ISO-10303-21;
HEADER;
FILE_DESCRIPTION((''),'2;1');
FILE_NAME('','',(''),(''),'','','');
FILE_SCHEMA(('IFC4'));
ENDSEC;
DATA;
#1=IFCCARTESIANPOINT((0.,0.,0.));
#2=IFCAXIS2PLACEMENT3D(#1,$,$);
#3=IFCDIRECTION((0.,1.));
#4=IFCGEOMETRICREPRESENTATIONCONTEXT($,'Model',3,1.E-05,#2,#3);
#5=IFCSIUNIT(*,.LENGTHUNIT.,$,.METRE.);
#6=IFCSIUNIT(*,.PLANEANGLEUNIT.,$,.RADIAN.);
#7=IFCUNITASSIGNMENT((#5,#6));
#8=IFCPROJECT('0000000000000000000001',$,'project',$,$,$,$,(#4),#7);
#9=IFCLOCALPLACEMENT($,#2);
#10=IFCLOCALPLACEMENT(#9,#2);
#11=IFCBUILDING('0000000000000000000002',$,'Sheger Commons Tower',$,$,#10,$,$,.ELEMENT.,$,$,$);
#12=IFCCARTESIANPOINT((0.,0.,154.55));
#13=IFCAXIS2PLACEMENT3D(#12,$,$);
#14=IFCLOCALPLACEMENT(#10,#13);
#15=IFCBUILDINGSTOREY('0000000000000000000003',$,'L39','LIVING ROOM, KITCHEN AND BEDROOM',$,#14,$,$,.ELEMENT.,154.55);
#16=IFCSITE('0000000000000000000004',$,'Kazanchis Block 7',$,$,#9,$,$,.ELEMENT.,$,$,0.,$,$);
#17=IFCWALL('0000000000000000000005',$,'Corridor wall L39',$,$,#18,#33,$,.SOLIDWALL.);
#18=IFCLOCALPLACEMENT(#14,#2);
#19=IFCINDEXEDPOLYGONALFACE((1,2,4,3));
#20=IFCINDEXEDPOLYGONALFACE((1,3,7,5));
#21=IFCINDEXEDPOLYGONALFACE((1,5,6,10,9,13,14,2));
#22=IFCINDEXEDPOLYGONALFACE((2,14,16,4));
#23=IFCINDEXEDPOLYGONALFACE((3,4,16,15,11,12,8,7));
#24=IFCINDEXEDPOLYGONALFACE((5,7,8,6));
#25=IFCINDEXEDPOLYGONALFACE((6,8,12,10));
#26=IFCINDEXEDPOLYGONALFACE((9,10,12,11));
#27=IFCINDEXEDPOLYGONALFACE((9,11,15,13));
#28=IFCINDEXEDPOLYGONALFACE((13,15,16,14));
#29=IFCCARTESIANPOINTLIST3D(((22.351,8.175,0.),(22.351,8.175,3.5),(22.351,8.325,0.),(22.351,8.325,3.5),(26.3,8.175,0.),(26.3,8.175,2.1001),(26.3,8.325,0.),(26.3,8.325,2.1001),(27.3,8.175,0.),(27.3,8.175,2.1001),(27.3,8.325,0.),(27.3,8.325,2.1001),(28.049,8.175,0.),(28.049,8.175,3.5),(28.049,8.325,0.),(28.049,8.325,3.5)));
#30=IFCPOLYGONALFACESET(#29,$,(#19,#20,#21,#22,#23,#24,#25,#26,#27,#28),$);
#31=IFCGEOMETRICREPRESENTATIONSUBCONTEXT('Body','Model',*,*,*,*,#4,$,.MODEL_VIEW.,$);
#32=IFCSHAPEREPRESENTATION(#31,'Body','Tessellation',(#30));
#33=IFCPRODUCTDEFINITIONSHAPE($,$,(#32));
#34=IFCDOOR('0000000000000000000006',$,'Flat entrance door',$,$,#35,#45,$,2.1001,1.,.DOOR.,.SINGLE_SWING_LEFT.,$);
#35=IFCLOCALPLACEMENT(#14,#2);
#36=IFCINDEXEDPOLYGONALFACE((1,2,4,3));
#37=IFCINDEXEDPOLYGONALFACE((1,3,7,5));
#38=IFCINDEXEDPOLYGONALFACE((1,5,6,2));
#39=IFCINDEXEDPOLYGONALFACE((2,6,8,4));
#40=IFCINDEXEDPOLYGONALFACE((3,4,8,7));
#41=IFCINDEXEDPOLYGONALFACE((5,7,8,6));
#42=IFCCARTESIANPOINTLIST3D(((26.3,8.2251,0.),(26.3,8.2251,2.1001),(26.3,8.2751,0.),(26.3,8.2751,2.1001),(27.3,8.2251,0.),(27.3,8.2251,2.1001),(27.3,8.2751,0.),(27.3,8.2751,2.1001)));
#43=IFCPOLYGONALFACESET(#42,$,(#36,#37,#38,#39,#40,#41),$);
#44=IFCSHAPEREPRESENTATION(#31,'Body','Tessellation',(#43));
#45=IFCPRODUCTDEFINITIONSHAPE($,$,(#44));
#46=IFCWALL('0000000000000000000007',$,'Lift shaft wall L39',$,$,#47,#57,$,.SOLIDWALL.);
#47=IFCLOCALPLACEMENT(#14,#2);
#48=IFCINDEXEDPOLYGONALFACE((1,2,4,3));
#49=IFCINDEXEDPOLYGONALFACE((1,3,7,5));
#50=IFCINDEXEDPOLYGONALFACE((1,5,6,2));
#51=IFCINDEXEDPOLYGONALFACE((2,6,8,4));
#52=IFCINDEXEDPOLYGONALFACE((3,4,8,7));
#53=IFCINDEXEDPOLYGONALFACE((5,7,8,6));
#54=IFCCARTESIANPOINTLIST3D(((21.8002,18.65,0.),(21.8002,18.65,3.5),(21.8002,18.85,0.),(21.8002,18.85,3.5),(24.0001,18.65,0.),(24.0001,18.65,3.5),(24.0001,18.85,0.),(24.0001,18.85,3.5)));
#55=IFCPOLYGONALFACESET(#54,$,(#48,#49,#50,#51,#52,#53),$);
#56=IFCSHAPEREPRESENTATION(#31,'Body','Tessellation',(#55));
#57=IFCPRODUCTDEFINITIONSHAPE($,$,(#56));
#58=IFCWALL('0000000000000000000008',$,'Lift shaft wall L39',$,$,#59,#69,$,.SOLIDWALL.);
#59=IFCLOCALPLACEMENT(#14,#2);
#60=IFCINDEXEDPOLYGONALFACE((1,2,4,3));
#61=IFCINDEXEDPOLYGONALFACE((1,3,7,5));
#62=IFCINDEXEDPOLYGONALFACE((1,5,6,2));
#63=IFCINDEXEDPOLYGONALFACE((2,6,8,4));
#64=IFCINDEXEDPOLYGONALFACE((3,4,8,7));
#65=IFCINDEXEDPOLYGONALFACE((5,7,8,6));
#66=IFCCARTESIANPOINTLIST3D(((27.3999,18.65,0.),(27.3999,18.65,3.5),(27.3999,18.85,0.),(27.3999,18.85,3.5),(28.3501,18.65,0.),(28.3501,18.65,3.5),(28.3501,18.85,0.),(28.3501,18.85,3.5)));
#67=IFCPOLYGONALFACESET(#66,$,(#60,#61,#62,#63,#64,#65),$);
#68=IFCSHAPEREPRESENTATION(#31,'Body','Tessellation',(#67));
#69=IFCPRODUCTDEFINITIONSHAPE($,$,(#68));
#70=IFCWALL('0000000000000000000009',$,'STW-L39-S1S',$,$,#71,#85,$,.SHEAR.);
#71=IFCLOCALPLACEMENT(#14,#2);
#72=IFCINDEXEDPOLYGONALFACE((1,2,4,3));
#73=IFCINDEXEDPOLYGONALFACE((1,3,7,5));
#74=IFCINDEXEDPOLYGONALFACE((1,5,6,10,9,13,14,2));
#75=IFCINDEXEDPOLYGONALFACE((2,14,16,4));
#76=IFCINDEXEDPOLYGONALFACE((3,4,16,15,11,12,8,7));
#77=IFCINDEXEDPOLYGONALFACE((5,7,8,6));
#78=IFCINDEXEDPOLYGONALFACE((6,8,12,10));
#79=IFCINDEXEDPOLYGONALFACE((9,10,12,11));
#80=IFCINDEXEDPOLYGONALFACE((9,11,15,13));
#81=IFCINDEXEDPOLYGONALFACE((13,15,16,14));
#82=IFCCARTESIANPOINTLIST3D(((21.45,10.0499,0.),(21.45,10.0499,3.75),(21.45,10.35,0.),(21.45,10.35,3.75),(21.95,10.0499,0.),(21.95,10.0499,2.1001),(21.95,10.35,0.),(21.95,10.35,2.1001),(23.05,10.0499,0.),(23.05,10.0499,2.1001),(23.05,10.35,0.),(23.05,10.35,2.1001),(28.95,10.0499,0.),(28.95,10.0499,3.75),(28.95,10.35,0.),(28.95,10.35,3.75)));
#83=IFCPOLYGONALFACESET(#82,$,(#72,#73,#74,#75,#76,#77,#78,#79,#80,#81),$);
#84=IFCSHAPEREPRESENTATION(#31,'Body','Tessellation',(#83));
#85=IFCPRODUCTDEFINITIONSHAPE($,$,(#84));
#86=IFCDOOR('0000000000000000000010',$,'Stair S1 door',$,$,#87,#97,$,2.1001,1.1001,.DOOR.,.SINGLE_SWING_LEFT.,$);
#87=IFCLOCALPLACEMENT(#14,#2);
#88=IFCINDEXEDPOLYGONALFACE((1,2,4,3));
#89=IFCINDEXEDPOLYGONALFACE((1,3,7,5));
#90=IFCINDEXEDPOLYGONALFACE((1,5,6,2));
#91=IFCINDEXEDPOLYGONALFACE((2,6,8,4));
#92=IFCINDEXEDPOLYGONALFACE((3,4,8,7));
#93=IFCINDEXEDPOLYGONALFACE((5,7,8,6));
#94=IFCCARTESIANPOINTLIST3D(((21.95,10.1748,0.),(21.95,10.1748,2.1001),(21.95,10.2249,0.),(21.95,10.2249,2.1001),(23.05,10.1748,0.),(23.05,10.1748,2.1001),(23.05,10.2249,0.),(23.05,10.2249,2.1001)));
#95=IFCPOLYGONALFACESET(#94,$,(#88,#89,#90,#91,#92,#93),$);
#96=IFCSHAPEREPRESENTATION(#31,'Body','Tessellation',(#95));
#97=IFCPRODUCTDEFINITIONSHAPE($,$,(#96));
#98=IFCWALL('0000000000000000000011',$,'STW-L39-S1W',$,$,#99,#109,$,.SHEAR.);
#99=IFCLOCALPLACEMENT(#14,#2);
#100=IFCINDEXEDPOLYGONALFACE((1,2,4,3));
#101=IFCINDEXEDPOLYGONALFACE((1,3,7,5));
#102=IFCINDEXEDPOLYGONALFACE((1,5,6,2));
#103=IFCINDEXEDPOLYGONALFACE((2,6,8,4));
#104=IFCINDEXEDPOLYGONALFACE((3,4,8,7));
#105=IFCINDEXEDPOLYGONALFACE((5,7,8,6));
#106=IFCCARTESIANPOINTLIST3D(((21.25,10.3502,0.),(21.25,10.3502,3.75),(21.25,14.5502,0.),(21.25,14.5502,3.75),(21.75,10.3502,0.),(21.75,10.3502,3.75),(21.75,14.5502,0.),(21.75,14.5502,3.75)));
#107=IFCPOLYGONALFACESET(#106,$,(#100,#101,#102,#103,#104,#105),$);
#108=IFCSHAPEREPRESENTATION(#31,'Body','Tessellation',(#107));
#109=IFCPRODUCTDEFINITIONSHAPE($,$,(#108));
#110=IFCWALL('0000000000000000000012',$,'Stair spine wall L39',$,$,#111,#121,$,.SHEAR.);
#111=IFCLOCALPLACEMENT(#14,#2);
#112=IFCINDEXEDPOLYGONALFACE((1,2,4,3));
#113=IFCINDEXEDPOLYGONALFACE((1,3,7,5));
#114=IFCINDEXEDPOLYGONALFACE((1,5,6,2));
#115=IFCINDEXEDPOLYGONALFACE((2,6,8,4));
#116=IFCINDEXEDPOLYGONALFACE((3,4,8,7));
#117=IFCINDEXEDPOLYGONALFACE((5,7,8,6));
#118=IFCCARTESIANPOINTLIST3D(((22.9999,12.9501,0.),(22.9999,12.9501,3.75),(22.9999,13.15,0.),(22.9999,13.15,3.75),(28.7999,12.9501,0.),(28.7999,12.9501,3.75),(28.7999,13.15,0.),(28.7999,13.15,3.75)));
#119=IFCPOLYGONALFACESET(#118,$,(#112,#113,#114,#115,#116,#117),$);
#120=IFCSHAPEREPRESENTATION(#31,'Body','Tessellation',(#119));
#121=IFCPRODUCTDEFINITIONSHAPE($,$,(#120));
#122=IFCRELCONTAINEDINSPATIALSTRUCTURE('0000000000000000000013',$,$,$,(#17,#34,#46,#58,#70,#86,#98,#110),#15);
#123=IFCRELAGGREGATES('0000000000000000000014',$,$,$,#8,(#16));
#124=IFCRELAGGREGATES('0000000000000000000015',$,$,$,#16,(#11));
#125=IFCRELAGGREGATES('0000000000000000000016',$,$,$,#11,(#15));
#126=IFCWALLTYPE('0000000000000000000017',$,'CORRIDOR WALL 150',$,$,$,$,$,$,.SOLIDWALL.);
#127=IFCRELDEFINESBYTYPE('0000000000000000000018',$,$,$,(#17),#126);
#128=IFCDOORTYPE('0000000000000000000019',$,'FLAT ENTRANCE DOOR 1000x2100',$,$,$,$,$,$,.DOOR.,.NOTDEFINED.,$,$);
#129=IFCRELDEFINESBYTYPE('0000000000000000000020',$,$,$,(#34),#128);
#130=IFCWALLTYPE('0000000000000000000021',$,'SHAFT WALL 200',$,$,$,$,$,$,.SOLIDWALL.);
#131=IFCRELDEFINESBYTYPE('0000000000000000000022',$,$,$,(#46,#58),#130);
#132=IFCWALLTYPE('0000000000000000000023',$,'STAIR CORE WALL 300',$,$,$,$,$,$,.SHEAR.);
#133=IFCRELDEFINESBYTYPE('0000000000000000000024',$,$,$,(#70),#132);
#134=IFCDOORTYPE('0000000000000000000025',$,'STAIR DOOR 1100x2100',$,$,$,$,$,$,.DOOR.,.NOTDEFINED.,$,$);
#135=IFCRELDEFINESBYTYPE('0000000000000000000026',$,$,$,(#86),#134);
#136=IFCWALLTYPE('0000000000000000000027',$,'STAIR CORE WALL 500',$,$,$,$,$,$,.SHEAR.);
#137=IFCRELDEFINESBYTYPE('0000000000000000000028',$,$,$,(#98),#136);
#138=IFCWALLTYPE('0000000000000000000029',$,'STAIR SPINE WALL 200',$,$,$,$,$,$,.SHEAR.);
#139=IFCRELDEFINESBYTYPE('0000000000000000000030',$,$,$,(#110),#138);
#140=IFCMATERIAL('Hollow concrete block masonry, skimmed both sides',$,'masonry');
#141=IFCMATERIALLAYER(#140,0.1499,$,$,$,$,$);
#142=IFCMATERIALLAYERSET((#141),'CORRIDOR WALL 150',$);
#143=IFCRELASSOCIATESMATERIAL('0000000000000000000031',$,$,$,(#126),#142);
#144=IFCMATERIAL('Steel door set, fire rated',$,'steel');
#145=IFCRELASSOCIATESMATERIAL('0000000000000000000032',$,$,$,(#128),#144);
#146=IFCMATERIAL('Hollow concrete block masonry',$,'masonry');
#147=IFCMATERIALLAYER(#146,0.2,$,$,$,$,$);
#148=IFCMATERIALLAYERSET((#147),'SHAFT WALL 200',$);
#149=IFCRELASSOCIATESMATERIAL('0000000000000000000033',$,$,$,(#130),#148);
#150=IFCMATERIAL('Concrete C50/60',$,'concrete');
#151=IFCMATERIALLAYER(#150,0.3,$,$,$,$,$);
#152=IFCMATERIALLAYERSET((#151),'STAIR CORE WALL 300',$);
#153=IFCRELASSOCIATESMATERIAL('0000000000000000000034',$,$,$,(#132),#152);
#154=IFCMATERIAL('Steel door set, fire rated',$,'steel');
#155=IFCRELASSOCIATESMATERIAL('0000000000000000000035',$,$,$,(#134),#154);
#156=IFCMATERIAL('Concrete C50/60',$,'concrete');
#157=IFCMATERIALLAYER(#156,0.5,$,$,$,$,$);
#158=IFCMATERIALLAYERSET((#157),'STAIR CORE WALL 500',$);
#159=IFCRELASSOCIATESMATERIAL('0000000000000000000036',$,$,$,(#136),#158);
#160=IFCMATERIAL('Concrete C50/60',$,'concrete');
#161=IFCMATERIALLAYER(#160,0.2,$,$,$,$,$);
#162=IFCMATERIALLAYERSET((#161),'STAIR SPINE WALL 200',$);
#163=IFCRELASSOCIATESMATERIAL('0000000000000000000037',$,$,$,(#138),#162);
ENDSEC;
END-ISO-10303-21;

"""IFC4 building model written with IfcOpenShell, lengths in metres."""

from ifc_helpers import new_model, si_unit, direction, frame, frame_2d, origin, place, context, subcontext, project, spatial, rectangle, extrude, material, layer, layer_set, type_object, element, fill, save


model = new_model("IFC4")

# Units and contexts
model_context = context("Model", 3, precision=1e-05, world=origin(), true_north=direction((0.0, 1.0)))
body_context = subcontext(model_context, "Body", "Model", "MODEL_VIEW")
ifc_project = project(units=[si_unit("LENGTHUNIT", "METRE"), si_unit("PLANEANGLEUNIT", "RADIAN")], contexts=[model_context])

# Site, building, storey
site_placement = place(None, origin())
site = spatial("IfcSite", under=ifc_project, at=site_placement, Name="Kazanchis Block 7", CompositionType="ELEMENT", RefElevation=0.0)
building_placement = place(site_placement, origin())
building = spatial("IfcBuilding", under=site, at=building_placement, Name="Sheger Commons Tower", CompositionType="ELEMENT")
storey_placement = place(building_placement, frame((0.0, 0.0, 154.55)))
storey = spatial("IfcBuildingStorey", under=building, at=storey_placement, Name="L39", Description="LIVING ROOM, KITCHEN AND BEDROOM", CompositionType="ELEMENT", Elevation=154.55)

# Wall, opening, door
ifc_material_1 = material(Name="Hollow concrete block masonry, skimmed both sides", Category="masonry")
ifc_layer_1 = layer(ifc_material_1, 0.1499)
ifc_layer_set_1 = layer_set([ifc_layer_1], Name="CORRIDOR WALL 150")
wall_type_1 = type_object("IfcWallType", Name="CORRIDOR WALL 150", PredefinedType="SOLIDWALL", material=ifc_layer_set_1)
wall_1_placement = place(storey_placement, frame((28.0491, 8.25, 0.0), z_axis=(0.0, 0.0, 1.0), x_axis=(-1.0, 0.0, 0.0)))
wall_1 = element("IfcWall", 1, at=wall_1_placement, inside=storey, type_object=wall_type_1, Name="Corridor wall L39", PredefinedType="SOLIDWALL", context=body_context, shape_type="SweptSolid", body=[
    extrude(rectangle(XDim=5.698, YDim=0.1499, at=frame_2d((2.8491, 0.0))), origin(), (0.0, 0.0, 1.0), 3.5),
])
opening_1_placement = place(wall_1_placement, frame((0.749, 0.0, 0.0)))
opening_1 = element("IfcOpeningElement", 2, at=opening_1_placement, cuts=wall_1, PredefinedType="OPENING", context=body_context, shape_type="SweptSolid", body=[
    extrude(rectangle(XDim=1.0, YDim=2.1001, at=frame_2d((0.5, 1.05))), frame((0.0, 0.085, 0.0), z_axis=(0.0, -1.0, 0.0), x_axis=(1.0, 0.0, 0.0)), (0.0, 0.0, 1.0), 0.1699),
])
ifc_material_2 = material(Name="Steel door set, fire rated", Category="steel")
door_type_1 = type_object("IfcDoorType", Name="FLAT ENTRANCE DOOR 1000x2100", OperationType="NOTDEFINED", PredefinedType="DOOR", material=ifc_material_2)
door_1_placement = place(opening_1_placement, origin())
door_1 = element("IfcDoor", 3, at=door_1_placement, inside=storey, type_object=door_type_1, Name="Flat entrance door", OperationType="SINGLE_SWING_LEFT", OverallHeight=2.1001, OverallWidth=1.0, PredefinedType="DOOR", context=body_context, shape_type="SweptSolid", body=[
    extrude(rectangle(XDim=1.0, YDim=2.1001, at=frame_2d((0.5, 1.05))), frame((0.0, 0.0249, 0.0), z_axis=(0.0, -1.0, 0.0), x_axis=(1.0, 0.0, 0.0)), (0.0, 0.0, 1.0), 0.05),
])
fill(opening_1, door_1)

# Walls
ifc_material_3 = material(Name="Hollow concrete block masonry", Category="masonry")
ifc_layer_2 = layer(ifc_material_3, 0.2)
ifc_layer_set_2 = layer_set([ifc_layer_2], Name="SHAFT WALL 200")
wall_type_2 = type_object("IfcWallType", Name="SHAFT WALL 200", PredefinedType="SOLIDWALL", material=ifc_layer_set_2)
wall_2_placement = place(storey_placement, frame((21.8, 18.75, 0.0), z_axis=(0.0, 0.0, 1.0), x_axis=(1.0, 0.0, 0.0)))
element("IfcWall", 4, at=wall_2_placement, inside=storey, type_object=wall_type_2, Name="Lift shaft wall L39", PredefinedType="SOLIDWALL", context=body_context, shape_type="SweptSolid", body=[
    extrude(rectangle(XDim=2.2, YDim=0.2, at=frame_2d((1.1001, 0.0))), origin(), (0.0, 0.0, 1.0), 3.5),
])
wall_3_placement = place(storey_placement, frame((27.3999, 18.75, 0.0), z_axis=(0.0, 0.0, 1.0), x_axis=(1.0, 0.0, 0.0)))
element("IfcWall", 5, at=wall_3_placement, inside=storey, type_object=wall_type_2, Name="Lift shaft wall L39", PredefinedType="SOLIDWALL", context=body_context, shape_type="SweptSolid", body=[
    extrude(rectangle(XDim=0.9502, YDim=0.2, at=frame_2d((0.4751, 0.0))), origin(), (0.0, 0.0, 1.0), 3.5),
])

# Wall, opening, door
ifc_material_4 = material(Name="Concrete C50/60", Category="concrete")
ifc_layer_3 = layer(ifc_material_4, 0.3)
ifc_layer_set_3 = layer_set([ifc_layer_3], Name="STAIR CORE WALL 300")
wall_type_3 = type_object("IfcWallType", Name="STAIR CORE WALL 300", PredefinedType="SHEAR", material=ifc_layer_set_3)
wall_4_placement = place(storey_placement, frame((21.45, 10.2, 0.0), z_axis=(0.0, 0.0, 1.0), x_axis=(1.0, 0.0, 0.0)))
wall_4 = element("IfcWall", 6, at=wall_4_placement, inside=storey, type_object=wall_type_3, Name="STW-L39-S1S", PredefinedType="SHEAR", context=body_context, shape_type="SweptSolid", body=[
    extrude(rectangle(XDim=7.5, YDim=0.3, at=frame_2d((3.75, 0.0))), origin(), (0.0, 0.0, 1.0), 3.75),
])
opening_2_placement = place(wall_4_placement, frame((0.5, 0.0, 0.0)))
opening_2 = element("IfcOpeningElement", 7, at=opening_2_placement, cuts=wall_4, PredefinedType="OPENING", context=body_context, shape_type="SweptSolid", body=[
    extrude(rectangle(XDim=1.1001, YDim=2.1001, at=frame_2d((0.55, 1.05))), frame((0.0, 0.1599, 0.0), z_axis=(0.0, -1.0, 0.0), x_axis=(1.0, 0.0, 0.0)), (0.0, 0.0, 1.0), 0.3201),
])
ifc_material_5 = material(Name="Steel door set, fire rated", Category="steel")
door_type_2 = type_object("IfcDoorType", Name="STAIR DOOR 1100x2100", OperationType="NOTDEFINED", PredefinedType="DOOR", material=ifc_material_5)
door_2_placement = place(opening_2_placement, origin())
door_2 = element("IfcDoor", 8, at=door_2_placement, inside=storey, type_object=door_type_2, Name="Stair S1 door", OperationType="SINGLE_SWING_LEFT", OverallHeight=2.1001, OverallWidth=1.1001, PredefinedType="DOOR", context=body_context, shape_type="SweptSolid", body=[
    extrude(rectangle(XDim=1.1001, YDim=2.1001, at=frame_2d((0.55, 1.05))), frame((0.0, 0.0249, 0.0), z_axis=(0.0, -1.0, 0.0), x_axis=(1.0, 0.0, 0.0)), (0.0, 0.0, 1.0), 0.05),
])
fill(opening_2, door_2)

# Walls
ifc_material_6 = material(Name="Concrete C50/60", Category="concrete")
ifc_layer_4 = layer(ifc_material_6, 0.5)
ifc_layer_set_4 = layer_set([ifc_layer_4], Name="STAIR CORE WALL 500")
wall_type_4 = type_object("IfcWallType", Name="STAIR CORE WALL 500", PredefinedType="SHEAR", material=ifc_layer_set_4)
wall_5_placement = place(storey_placement, frame((21.5, 10.3501, 0.0), z_axis=(0.0, 0.0, 1.0), x_axis=(0.0, 1.0, 0.0)))
element("IfcWall", 9, at=wall_5_placement, inside=storey, type_object=wall_type_4, Name="STW-L39-S1W", PredefinedType="SHEAR", context=body_context, shape_type="SweptSolid", body=[
    extrude(rectangle(XDim=4.2, YDim=0.5, at=frame_2d((2.1001, 0.0))), origin(), (0.0, 0.0, 1.0), 3.75),
])
ifc_material_7 = material(Name="Concrete C50/60", Category="concrete")
ifc_layer_5 = layer(ifc_material_7, 0.2)
ifc_layer_set_5 = layer_set([ifc_layer_5], Name="STAIR SPINE WALL 200")
wall_type_5 = type_object("IfcWallType", Name="STAIR SPINE WALL 200", PredefinedType="SHEAR", material=ifc_layer_set_5)
wall_6_placement = place(storey_placement, frame((23.0, 13.05, 0.0), z_axis=(0.0, 0.0, 1.0), x_axis=(1.0, 0.0, 0.0)))
element("IfcWall", 10, at=wall_6_placement, inside=storey, type_object=wall_type_5, Name="Stair spine wall L39", PredefinedType="SHEAR", context=body_context, shape_type="SweptSolid", body=[
    extrude(rectangle(XDim=5.8, YDim=0.2, at=frame_2d((2.8999, 0.0))), origin(), (0.0, 0.0, 1.0), 3.75),
])

save(model, "model.ifc")
